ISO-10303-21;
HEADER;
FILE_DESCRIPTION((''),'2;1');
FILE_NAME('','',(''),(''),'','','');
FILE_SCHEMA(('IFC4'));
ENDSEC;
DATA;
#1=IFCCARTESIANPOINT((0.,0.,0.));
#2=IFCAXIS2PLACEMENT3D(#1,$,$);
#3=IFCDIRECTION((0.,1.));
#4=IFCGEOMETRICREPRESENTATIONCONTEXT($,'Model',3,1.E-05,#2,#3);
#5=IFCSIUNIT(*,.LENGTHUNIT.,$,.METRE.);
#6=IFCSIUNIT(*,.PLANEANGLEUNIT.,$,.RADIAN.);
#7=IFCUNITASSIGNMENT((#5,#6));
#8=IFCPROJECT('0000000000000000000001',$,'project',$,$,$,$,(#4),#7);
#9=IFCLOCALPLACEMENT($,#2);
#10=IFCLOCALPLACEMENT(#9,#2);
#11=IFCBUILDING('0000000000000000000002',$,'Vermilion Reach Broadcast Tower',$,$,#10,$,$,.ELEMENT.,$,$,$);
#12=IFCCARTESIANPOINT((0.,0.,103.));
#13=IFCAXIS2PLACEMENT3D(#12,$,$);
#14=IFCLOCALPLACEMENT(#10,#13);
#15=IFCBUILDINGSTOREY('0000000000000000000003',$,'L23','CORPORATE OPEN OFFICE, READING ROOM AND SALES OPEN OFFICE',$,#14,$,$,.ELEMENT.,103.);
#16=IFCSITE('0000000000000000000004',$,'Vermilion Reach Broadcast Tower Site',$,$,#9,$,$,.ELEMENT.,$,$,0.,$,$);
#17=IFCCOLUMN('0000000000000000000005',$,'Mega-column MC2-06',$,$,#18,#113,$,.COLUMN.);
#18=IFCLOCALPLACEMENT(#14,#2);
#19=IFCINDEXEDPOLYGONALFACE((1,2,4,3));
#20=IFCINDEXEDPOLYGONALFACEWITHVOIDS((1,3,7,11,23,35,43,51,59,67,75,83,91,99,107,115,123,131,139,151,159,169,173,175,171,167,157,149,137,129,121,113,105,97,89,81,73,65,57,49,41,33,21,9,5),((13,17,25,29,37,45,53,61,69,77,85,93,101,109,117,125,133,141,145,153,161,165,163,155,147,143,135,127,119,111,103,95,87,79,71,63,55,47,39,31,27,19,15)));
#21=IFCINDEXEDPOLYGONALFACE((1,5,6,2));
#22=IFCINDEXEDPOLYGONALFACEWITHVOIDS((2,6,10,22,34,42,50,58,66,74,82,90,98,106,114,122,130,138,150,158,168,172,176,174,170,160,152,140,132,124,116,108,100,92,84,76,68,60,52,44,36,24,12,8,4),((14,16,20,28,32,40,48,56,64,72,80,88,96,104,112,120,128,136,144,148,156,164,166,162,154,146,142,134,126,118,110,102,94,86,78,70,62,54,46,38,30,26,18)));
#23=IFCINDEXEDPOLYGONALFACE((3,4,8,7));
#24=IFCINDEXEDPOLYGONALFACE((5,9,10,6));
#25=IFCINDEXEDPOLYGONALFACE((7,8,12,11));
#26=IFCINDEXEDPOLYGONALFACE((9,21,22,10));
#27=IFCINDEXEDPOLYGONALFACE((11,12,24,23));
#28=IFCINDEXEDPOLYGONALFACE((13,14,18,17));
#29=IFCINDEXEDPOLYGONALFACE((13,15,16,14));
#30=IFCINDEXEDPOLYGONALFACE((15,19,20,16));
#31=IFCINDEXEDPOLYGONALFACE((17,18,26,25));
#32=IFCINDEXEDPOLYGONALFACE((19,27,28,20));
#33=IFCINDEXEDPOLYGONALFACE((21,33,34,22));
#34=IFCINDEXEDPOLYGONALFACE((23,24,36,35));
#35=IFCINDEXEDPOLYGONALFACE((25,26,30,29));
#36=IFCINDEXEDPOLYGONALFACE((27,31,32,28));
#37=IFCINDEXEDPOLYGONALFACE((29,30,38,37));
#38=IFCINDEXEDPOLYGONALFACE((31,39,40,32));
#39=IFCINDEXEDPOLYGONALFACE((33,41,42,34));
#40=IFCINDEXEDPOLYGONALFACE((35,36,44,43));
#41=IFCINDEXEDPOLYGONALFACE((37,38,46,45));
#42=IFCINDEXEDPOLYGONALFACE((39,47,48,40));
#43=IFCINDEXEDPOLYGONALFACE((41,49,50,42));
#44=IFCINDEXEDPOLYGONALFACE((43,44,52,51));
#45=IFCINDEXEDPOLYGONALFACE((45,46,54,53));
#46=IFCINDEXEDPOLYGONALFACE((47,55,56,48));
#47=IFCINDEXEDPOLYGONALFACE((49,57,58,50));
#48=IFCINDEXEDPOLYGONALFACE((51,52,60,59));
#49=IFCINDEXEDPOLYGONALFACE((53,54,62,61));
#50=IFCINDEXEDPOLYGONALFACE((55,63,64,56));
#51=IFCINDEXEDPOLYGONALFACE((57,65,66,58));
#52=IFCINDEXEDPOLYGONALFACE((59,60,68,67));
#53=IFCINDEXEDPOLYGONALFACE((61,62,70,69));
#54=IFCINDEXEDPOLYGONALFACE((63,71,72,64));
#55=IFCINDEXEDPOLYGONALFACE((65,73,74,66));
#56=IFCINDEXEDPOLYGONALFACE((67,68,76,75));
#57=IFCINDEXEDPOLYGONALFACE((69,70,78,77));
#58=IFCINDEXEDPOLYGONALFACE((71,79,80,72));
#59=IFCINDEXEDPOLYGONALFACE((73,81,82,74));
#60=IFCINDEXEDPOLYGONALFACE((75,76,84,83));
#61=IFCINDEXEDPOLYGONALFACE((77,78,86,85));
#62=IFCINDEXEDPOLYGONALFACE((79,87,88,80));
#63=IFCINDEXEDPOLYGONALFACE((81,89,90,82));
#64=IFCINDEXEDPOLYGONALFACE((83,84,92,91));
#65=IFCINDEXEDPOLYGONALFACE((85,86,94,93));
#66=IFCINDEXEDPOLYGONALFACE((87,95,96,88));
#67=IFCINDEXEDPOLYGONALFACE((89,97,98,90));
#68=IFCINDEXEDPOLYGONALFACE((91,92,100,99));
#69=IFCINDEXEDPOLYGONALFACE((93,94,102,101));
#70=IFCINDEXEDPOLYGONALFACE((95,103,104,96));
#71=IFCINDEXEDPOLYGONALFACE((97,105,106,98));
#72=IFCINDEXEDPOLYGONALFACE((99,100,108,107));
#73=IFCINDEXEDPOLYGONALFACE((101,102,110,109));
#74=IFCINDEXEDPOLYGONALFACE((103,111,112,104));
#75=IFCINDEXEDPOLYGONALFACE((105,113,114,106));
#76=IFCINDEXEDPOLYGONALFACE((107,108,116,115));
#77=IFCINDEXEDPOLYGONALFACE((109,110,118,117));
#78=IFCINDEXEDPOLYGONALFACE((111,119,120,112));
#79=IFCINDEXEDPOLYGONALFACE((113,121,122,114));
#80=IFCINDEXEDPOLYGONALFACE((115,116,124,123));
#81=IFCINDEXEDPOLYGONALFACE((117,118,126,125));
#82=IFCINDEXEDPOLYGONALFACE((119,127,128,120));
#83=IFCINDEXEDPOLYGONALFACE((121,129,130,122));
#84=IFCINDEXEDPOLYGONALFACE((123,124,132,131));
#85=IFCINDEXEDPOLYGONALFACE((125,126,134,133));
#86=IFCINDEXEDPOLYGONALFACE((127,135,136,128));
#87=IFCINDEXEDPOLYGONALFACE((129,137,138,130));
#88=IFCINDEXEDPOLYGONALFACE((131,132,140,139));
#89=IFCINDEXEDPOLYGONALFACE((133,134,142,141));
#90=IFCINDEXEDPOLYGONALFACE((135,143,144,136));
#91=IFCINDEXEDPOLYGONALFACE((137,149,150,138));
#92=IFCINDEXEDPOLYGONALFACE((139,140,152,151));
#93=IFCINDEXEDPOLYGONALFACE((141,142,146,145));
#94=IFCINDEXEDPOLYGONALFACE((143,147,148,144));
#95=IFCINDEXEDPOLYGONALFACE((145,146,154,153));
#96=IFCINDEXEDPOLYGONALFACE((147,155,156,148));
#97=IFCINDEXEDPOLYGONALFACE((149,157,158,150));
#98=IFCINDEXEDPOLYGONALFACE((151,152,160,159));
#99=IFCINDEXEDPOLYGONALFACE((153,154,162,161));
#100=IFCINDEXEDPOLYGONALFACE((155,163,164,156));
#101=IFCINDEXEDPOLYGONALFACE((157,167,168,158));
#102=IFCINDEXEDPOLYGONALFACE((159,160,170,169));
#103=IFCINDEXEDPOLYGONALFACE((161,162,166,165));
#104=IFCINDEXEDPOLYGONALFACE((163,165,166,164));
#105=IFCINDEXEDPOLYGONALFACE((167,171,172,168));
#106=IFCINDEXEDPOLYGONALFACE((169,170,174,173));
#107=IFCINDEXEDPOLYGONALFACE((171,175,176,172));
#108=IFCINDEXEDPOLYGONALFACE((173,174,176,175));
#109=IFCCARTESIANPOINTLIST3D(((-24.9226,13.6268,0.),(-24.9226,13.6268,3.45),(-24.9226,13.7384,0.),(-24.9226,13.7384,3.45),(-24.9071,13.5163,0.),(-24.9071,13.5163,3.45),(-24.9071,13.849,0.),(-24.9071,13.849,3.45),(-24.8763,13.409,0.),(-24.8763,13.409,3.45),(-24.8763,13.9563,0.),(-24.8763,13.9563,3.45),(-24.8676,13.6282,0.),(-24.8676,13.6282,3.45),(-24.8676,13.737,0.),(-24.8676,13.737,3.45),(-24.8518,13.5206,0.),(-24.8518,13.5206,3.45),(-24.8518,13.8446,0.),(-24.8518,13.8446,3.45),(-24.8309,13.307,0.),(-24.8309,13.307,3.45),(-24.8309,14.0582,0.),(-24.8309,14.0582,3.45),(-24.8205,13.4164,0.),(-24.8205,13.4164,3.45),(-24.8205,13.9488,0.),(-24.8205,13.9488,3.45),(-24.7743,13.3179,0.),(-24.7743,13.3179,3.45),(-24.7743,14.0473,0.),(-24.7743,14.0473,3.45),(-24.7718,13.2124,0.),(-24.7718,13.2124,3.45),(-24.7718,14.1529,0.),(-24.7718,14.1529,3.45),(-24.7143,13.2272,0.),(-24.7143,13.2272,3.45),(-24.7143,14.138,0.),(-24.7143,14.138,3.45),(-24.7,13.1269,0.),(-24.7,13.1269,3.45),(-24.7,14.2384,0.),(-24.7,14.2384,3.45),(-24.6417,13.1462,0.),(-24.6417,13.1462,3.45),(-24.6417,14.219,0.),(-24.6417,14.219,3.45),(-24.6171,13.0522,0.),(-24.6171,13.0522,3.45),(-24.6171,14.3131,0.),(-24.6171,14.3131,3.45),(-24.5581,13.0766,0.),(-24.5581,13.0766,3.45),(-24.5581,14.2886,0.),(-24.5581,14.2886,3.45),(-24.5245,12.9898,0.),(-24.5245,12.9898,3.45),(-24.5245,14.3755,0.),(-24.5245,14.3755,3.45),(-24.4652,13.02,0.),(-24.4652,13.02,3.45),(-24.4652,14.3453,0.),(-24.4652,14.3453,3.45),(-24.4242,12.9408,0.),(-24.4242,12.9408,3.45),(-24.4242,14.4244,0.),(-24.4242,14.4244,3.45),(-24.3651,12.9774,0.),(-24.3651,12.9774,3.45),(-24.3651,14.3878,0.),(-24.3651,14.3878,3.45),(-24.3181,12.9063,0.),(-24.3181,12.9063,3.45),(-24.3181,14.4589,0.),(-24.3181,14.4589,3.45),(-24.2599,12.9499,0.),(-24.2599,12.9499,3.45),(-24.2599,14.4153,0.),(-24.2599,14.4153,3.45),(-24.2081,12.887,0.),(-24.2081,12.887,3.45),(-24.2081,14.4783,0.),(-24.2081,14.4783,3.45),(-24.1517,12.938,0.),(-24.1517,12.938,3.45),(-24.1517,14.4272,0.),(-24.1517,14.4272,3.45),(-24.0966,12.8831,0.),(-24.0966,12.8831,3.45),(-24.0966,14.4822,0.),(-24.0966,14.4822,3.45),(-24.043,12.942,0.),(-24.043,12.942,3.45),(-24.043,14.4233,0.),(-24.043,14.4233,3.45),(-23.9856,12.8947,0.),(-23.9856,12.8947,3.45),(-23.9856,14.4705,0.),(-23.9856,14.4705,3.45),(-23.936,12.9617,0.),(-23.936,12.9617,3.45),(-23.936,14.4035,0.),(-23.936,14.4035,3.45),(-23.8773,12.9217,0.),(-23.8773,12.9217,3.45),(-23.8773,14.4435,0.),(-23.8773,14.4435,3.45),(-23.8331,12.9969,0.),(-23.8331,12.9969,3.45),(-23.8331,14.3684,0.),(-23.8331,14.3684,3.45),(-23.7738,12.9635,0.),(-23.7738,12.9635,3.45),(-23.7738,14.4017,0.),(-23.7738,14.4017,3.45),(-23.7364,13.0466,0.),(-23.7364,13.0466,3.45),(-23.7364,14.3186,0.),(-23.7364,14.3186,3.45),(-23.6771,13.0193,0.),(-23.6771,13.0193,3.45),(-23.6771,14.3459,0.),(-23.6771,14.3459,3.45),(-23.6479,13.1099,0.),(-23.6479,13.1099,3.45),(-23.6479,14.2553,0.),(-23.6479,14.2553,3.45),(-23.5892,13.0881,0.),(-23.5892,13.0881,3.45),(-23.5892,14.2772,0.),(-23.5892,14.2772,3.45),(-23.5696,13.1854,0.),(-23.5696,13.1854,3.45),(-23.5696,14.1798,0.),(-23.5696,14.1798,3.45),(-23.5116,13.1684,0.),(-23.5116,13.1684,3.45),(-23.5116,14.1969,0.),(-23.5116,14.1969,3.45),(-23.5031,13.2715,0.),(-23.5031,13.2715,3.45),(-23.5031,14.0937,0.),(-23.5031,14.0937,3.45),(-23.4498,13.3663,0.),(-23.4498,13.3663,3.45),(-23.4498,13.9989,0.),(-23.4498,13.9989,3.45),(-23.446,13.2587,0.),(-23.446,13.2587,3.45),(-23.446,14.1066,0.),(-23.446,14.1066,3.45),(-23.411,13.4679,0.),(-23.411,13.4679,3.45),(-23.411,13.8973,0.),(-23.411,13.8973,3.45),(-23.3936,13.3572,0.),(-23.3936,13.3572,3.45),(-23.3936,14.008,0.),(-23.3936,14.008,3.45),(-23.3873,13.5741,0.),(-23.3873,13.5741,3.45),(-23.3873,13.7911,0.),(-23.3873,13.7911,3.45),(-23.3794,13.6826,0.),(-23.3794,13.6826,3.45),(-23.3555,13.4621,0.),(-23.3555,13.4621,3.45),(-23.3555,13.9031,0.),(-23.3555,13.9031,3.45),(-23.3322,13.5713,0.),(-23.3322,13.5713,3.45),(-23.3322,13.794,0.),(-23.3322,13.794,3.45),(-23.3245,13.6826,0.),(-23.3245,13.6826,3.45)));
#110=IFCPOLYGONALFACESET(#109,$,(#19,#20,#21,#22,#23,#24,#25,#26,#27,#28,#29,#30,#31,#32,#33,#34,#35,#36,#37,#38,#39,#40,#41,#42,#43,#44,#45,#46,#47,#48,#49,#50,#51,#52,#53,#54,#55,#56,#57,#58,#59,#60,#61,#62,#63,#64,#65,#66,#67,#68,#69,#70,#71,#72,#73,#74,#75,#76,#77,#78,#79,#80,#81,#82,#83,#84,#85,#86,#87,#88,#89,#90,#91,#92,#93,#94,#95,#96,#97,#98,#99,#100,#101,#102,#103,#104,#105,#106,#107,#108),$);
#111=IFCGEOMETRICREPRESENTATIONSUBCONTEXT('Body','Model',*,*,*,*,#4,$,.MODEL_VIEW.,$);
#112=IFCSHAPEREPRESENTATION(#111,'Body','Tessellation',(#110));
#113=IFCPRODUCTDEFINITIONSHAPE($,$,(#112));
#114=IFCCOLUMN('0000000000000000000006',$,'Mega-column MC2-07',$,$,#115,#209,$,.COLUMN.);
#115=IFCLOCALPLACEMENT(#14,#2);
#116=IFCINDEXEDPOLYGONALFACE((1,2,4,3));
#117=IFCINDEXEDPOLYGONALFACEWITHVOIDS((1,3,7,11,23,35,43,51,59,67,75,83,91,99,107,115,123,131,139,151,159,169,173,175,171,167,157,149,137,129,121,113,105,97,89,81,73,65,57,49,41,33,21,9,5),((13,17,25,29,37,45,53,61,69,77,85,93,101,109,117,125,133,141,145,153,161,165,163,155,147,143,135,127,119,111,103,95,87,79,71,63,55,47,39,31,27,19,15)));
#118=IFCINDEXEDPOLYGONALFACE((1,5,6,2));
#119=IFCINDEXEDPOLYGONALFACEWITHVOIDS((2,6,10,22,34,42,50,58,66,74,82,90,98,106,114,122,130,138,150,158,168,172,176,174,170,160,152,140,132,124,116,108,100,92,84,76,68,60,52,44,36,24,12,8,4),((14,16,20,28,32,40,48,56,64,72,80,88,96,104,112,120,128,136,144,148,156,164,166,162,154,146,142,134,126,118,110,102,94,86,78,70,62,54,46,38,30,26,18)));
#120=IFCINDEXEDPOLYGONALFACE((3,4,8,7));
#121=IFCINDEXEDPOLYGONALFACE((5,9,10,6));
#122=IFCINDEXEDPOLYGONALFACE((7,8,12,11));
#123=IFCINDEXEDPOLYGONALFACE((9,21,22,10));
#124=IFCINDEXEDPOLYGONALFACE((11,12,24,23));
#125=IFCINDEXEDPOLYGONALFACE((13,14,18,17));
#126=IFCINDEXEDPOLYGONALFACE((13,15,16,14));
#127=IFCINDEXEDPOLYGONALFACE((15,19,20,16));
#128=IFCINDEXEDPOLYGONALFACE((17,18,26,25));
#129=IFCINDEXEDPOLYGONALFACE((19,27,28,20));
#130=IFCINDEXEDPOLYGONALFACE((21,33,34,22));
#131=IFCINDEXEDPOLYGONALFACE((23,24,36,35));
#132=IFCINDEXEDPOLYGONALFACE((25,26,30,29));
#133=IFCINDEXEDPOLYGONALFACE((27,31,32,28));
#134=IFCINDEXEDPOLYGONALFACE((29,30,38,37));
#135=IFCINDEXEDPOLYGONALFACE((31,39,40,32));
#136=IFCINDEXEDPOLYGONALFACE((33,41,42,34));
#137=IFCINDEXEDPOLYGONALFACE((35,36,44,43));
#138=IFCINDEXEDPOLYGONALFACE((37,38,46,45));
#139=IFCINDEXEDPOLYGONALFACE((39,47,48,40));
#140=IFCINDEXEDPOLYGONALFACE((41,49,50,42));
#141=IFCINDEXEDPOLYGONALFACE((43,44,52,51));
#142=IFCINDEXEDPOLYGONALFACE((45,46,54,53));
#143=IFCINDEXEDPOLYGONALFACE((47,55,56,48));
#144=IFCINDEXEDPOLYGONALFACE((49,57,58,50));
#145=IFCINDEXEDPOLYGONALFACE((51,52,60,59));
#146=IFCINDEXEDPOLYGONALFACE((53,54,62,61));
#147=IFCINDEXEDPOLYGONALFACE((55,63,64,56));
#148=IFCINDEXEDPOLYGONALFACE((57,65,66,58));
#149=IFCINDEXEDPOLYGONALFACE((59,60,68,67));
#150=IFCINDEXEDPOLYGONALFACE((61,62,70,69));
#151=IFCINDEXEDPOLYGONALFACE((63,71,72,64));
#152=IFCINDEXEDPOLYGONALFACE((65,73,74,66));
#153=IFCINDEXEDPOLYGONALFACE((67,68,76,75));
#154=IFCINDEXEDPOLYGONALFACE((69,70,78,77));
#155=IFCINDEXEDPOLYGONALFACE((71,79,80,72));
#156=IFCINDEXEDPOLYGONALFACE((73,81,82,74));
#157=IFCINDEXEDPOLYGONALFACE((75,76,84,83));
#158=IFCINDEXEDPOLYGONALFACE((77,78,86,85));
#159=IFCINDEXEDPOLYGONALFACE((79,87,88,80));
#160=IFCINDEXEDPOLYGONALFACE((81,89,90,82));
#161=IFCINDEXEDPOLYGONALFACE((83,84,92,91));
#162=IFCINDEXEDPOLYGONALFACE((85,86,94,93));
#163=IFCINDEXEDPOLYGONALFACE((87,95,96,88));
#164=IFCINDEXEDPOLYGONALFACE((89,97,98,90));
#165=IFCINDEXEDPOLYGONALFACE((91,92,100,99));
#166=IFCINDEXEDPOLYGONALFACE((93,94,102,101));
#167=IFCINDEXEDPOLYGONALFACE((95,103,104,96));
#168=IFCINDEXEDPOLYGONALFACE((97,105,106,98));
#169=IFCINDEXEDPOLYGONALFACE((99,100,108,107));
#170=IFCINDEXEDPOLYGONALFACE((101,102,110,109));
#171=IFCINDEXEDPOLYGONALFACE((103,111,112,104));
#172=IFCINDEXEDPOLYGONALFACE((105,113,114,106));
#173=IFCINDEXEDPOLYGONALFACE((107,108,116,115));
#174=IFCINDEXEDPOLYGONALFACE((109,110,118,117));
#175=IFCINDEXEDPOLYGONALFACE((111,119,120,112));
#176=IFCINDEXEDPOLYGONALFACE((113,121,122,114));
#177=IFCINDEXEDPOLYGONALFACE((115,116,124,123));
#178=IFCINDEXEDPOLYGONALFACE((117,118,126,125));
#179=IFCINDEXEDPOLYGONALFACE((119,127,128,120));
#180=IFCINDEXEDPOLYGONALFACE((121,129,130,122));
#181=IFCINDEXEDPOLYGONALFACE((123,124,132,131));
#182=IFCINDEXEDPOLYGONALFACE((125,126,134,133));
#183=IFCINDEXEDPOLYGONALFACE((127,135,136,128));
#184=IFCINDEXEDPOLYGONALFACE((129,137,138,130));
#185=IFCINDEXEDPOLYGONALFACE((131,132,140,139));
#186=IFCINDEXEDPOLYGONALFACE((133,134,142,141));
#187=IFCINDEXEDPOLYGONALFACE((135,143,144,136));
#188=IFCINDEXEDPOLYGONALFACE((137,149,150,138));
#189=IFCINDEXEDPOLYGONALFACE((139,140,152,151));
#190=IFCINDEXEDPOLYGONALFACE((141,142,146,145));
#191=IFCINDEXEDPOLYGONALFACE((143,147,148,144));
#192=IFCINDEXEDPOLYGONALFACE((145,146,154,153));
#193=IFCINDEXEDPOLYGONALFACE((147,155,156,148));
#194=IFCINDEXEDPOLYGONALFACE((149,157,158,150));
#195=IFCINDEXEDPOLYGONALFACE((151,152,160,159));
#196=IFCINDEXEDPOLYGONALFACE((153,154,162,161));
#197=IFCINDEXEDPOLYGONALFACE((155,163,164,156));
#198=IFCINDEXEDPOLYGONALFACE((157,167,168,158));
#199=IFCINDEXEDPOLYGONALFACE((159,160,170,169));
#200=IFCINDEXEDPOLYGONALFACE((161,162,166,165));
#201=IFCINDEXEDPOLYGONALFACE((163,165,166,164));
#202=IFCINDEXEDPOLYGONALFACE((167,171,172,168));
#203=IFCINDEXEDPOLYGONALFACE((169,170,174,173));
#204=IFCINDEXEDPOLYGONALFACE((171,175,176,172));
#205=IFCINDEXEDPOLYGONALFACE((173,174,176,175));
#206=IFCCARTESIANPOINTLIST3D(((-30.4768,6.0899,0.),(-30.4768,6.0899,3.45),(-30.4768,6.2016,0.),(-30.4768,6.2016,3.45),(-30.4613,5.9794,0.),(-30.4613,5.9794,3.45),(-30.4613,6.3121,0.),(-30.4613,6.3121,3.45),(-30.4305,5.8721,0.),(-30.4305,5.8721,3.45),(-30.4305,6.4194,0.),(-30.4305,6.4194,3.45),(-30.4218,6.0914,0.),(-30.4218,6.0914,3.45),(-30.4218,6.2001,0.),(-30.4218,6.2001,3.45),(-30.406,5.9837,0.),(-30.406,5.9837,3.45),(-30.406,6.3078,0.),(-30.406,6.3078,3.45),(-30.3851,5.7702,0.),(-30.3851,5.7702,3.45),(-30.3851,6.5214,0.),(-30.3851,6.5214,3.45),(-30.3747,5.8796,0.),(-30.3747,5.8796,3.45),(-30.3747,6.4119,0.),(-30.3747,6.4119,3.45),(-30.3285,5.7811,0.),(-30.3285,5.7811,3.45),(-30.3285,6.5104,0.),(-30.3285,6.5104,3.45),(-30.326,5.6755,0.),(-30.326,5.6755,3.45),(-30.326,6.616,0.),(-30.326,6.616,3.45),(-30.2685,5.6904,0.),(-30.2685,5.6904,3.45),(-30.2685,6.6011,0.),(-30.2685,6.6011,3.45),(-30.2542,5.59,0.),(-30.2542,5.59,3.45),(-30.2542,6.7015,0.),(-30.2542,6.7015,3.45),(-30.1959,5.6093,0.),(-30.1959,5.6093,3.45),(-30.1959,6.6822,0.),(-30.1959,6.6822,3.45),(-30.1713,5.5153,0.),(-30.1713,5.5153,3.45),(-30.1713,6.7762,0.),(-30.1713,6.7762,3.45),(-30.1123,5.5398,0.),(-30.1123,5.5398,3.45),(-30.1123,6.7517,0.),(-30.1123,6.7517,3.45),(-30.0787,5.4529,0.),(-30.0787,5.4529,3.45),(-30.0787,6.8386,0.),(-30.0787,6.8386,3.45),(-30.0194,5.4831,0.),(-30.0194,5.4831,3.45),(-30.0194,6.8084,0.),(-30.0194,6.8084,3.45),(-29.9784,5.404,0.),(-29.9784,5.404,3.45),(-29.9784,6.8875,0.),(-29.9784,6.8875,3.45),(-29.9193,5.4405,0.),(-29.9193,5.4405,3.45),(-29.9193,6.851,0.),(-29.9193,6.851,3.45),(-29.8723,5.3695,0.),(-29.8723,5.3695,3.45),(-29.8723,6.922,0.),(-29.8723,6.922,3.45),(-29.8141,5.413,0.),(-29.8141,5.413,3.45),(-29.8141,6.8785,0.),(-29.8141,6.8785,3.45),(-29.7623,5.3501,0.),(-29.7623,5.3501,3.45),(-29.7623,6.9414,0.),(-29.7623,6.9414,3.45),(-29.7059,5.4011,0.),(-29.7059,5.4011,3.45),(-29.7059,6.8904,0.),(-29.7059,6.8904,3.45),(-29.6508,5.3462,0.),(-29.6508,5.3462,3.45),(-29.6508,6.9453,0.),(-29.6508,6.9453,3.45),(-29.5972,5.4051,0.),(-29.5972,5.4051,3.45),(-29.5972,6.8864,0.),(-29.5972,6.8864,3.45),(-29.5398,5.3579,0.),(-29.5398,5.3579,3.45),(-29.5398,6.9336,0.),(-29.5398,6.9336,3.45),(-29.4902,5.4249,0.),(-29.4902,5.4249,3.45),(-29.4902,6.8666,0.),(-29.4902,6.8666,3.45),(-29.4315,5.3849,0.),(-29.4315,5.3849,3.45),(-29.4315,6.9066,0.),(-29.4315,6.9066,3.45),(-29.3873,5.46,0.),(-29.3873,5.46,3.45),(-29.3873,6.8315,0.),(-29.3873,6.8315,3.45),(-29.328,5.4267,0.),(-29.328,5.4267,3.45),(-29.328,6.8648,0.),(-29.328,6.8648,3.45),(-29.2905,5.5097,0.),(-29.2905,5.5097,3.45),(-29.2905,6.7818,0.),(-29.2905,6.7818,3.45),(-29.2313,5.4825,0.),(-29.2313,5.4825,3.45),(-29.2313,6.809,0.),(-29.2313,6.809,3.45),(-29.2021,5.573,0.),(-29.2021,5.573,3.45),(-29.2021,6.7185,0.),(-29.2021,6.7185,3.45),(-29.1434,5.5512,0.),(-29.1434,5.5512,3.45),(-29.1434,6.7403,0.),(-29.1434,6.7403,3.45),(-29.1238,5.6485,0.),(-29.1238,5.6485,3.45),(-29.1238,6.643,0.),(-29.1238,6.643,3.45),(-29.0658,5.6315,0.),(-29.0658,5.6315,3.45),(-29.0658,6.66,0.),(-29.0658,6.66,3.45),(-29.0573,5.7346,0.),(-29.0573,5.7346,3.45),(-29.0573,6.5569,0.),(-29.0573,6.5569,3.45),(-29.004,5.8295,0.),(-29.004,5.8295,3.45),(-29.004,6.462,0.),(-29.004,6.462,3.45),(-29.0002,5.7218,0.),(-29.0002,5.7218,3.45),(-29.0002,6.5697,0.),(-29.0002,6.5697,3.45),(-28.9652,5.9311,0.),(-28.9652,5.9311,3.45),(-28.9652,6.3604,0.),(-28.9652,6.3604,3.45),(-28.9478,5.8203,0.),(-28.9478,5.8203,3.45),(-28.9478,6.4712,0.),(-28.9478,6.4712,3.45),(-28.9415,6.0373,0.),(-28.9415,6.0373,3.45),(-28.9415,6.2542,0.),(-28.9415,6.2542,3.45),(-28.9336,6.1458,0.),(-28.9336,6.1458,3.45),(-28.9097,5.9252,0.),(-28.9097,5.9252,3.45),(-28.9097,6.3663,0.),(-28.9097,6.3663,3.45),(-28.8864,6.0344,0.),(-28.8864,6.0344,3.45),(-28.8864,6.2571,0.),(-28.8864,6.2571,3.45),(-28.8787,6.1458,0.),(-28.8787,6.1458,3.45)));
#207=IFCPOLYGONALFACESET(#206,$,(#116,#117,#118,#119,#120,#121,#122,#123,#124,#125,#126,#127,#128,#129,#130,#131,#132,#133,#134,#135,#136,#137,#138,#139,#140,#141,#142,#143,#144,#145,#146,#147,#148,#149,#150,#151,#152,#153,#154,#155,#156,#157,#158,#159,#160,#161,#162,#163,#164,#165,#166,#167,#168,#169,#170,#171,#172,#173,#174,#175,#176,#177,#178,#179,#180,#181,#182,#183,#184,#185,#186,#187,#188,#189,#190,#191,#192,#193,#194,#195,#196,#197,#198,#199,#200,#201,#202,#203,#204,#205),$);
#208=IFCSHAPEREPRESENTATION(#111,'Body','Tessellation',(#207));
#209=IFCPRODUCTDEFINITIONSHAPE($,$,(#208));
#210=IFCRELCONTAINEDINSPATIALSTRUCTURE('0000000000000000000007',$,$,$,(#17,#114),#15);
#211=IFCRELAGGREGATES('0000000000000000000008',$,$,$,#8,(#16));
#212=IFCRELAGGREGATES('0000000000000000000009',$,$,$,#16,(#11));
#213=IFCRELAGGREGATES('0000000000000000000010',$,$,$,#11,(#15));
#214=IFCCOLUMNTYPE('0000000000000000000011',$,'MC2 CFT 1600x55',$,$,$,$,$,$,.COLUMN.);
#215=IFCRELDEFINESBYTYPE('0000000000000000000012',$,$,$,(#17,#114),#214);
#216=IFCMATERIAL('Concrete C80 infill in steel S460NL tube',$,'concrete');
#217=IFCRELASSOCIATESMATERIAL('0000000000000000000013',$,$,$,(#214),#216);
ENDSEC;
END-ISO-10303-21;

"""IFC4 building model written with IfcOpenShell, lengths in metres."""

from ifc_helpers import new_model, si_unit, direction, frame, origin, origin_2d, place, context, subcontext, project, spatial, hollow_circle, extrude, material, material_profile, profile_set, type_object, element, save


model = new_model("IFC4")

# Units and contexts
model_context = context("Model", 3, precision=1e-05, world=origin(), true_north=direction((0.0, 1.0)))
body_context = subcontext(model_context, "Body", "Model", "MODEL_VIEW")
ifc_project = project(units=[si_unit("LENGTHUNIT", "METRE"), si_unit("PLANEANGLEUNIT", "RADIAN")], contexts=[model_context])

# Site, building, storey
site_placement = place(None, origin())
site = spatial("IfcSite", under=ifc_project, at=site_placement, Name="Vermilion Reach Broadcast Tower Site", CompositionType="ELEMENT", RefElevation=0.0)
building_placement = place(site_placement, origin())
building = spatial("IfcBuilding", under=site, at=building_placement, Name="Vermilion Reach Broadcast Tower", CompositionType="ELEMENT")
storey_placement = place(building_placement, frame((0.0, 0.0, 103.0)))
storey = spatial("IfcBuildingStorey", under=building, at=storey_placement, Name="L23", Description="CORPORATE OPEN OFFICE, READING ROOM AND SALES OPEN OFFICE", CompositionType="ELEMENT", Elevation=103.0)

# Columns
ifc_material_1 = material(Name="Concrete C80 infill in steel S460NL tube", Category="concrete")
ifc_material_profile_1 = material_profile(ifc_material_1, hollow_circle(Radius=0.8, WallThickness=0.0549, at=origin_2d()), Name="Concrete C80 infill in steel S460NL tube CFT 1600x55")
ifc_profile_set_1 = profile_set([ifc_material_profile_1], Name="Concrete C80 infill in steel S460NL tube")
column_type = type_object("IfcColumnType", Name="MC2 CFT 1600x55", PredefinedType="COLUMN", material=ifc_profile_set_1)
for number, where, z_axis, x_axis, name in (
    (1, (-24.1245, 13.6826, 0.0), (0.0, 0.0, 1.0), (1.0, 0.0, 0.0), "Mega-column MC2-06"),
    (2, (-29.6787, 6.1458, 0.0), (0.0, 0.0, 1.0), (1.0, 0.0, 0.0), "Mega-column MC2-07"),
):
    element("IfcColumn", number, at=place(storey_placement, frame(where, z_axis=z_axis, x_axis=x_axis)), inside=storey, type_object=column_type, Name=name, PredefinedType="COLUMN", context=body_context, shape_type="SweptSolid", body=[
        extrude(hollow_circle(Radius=0.8, WallThickness=0.0549, at=origin_2d()), origin(), (0.0, 0.0, 1.0), 3.45),
    ])

save(model, "model.ifc")
